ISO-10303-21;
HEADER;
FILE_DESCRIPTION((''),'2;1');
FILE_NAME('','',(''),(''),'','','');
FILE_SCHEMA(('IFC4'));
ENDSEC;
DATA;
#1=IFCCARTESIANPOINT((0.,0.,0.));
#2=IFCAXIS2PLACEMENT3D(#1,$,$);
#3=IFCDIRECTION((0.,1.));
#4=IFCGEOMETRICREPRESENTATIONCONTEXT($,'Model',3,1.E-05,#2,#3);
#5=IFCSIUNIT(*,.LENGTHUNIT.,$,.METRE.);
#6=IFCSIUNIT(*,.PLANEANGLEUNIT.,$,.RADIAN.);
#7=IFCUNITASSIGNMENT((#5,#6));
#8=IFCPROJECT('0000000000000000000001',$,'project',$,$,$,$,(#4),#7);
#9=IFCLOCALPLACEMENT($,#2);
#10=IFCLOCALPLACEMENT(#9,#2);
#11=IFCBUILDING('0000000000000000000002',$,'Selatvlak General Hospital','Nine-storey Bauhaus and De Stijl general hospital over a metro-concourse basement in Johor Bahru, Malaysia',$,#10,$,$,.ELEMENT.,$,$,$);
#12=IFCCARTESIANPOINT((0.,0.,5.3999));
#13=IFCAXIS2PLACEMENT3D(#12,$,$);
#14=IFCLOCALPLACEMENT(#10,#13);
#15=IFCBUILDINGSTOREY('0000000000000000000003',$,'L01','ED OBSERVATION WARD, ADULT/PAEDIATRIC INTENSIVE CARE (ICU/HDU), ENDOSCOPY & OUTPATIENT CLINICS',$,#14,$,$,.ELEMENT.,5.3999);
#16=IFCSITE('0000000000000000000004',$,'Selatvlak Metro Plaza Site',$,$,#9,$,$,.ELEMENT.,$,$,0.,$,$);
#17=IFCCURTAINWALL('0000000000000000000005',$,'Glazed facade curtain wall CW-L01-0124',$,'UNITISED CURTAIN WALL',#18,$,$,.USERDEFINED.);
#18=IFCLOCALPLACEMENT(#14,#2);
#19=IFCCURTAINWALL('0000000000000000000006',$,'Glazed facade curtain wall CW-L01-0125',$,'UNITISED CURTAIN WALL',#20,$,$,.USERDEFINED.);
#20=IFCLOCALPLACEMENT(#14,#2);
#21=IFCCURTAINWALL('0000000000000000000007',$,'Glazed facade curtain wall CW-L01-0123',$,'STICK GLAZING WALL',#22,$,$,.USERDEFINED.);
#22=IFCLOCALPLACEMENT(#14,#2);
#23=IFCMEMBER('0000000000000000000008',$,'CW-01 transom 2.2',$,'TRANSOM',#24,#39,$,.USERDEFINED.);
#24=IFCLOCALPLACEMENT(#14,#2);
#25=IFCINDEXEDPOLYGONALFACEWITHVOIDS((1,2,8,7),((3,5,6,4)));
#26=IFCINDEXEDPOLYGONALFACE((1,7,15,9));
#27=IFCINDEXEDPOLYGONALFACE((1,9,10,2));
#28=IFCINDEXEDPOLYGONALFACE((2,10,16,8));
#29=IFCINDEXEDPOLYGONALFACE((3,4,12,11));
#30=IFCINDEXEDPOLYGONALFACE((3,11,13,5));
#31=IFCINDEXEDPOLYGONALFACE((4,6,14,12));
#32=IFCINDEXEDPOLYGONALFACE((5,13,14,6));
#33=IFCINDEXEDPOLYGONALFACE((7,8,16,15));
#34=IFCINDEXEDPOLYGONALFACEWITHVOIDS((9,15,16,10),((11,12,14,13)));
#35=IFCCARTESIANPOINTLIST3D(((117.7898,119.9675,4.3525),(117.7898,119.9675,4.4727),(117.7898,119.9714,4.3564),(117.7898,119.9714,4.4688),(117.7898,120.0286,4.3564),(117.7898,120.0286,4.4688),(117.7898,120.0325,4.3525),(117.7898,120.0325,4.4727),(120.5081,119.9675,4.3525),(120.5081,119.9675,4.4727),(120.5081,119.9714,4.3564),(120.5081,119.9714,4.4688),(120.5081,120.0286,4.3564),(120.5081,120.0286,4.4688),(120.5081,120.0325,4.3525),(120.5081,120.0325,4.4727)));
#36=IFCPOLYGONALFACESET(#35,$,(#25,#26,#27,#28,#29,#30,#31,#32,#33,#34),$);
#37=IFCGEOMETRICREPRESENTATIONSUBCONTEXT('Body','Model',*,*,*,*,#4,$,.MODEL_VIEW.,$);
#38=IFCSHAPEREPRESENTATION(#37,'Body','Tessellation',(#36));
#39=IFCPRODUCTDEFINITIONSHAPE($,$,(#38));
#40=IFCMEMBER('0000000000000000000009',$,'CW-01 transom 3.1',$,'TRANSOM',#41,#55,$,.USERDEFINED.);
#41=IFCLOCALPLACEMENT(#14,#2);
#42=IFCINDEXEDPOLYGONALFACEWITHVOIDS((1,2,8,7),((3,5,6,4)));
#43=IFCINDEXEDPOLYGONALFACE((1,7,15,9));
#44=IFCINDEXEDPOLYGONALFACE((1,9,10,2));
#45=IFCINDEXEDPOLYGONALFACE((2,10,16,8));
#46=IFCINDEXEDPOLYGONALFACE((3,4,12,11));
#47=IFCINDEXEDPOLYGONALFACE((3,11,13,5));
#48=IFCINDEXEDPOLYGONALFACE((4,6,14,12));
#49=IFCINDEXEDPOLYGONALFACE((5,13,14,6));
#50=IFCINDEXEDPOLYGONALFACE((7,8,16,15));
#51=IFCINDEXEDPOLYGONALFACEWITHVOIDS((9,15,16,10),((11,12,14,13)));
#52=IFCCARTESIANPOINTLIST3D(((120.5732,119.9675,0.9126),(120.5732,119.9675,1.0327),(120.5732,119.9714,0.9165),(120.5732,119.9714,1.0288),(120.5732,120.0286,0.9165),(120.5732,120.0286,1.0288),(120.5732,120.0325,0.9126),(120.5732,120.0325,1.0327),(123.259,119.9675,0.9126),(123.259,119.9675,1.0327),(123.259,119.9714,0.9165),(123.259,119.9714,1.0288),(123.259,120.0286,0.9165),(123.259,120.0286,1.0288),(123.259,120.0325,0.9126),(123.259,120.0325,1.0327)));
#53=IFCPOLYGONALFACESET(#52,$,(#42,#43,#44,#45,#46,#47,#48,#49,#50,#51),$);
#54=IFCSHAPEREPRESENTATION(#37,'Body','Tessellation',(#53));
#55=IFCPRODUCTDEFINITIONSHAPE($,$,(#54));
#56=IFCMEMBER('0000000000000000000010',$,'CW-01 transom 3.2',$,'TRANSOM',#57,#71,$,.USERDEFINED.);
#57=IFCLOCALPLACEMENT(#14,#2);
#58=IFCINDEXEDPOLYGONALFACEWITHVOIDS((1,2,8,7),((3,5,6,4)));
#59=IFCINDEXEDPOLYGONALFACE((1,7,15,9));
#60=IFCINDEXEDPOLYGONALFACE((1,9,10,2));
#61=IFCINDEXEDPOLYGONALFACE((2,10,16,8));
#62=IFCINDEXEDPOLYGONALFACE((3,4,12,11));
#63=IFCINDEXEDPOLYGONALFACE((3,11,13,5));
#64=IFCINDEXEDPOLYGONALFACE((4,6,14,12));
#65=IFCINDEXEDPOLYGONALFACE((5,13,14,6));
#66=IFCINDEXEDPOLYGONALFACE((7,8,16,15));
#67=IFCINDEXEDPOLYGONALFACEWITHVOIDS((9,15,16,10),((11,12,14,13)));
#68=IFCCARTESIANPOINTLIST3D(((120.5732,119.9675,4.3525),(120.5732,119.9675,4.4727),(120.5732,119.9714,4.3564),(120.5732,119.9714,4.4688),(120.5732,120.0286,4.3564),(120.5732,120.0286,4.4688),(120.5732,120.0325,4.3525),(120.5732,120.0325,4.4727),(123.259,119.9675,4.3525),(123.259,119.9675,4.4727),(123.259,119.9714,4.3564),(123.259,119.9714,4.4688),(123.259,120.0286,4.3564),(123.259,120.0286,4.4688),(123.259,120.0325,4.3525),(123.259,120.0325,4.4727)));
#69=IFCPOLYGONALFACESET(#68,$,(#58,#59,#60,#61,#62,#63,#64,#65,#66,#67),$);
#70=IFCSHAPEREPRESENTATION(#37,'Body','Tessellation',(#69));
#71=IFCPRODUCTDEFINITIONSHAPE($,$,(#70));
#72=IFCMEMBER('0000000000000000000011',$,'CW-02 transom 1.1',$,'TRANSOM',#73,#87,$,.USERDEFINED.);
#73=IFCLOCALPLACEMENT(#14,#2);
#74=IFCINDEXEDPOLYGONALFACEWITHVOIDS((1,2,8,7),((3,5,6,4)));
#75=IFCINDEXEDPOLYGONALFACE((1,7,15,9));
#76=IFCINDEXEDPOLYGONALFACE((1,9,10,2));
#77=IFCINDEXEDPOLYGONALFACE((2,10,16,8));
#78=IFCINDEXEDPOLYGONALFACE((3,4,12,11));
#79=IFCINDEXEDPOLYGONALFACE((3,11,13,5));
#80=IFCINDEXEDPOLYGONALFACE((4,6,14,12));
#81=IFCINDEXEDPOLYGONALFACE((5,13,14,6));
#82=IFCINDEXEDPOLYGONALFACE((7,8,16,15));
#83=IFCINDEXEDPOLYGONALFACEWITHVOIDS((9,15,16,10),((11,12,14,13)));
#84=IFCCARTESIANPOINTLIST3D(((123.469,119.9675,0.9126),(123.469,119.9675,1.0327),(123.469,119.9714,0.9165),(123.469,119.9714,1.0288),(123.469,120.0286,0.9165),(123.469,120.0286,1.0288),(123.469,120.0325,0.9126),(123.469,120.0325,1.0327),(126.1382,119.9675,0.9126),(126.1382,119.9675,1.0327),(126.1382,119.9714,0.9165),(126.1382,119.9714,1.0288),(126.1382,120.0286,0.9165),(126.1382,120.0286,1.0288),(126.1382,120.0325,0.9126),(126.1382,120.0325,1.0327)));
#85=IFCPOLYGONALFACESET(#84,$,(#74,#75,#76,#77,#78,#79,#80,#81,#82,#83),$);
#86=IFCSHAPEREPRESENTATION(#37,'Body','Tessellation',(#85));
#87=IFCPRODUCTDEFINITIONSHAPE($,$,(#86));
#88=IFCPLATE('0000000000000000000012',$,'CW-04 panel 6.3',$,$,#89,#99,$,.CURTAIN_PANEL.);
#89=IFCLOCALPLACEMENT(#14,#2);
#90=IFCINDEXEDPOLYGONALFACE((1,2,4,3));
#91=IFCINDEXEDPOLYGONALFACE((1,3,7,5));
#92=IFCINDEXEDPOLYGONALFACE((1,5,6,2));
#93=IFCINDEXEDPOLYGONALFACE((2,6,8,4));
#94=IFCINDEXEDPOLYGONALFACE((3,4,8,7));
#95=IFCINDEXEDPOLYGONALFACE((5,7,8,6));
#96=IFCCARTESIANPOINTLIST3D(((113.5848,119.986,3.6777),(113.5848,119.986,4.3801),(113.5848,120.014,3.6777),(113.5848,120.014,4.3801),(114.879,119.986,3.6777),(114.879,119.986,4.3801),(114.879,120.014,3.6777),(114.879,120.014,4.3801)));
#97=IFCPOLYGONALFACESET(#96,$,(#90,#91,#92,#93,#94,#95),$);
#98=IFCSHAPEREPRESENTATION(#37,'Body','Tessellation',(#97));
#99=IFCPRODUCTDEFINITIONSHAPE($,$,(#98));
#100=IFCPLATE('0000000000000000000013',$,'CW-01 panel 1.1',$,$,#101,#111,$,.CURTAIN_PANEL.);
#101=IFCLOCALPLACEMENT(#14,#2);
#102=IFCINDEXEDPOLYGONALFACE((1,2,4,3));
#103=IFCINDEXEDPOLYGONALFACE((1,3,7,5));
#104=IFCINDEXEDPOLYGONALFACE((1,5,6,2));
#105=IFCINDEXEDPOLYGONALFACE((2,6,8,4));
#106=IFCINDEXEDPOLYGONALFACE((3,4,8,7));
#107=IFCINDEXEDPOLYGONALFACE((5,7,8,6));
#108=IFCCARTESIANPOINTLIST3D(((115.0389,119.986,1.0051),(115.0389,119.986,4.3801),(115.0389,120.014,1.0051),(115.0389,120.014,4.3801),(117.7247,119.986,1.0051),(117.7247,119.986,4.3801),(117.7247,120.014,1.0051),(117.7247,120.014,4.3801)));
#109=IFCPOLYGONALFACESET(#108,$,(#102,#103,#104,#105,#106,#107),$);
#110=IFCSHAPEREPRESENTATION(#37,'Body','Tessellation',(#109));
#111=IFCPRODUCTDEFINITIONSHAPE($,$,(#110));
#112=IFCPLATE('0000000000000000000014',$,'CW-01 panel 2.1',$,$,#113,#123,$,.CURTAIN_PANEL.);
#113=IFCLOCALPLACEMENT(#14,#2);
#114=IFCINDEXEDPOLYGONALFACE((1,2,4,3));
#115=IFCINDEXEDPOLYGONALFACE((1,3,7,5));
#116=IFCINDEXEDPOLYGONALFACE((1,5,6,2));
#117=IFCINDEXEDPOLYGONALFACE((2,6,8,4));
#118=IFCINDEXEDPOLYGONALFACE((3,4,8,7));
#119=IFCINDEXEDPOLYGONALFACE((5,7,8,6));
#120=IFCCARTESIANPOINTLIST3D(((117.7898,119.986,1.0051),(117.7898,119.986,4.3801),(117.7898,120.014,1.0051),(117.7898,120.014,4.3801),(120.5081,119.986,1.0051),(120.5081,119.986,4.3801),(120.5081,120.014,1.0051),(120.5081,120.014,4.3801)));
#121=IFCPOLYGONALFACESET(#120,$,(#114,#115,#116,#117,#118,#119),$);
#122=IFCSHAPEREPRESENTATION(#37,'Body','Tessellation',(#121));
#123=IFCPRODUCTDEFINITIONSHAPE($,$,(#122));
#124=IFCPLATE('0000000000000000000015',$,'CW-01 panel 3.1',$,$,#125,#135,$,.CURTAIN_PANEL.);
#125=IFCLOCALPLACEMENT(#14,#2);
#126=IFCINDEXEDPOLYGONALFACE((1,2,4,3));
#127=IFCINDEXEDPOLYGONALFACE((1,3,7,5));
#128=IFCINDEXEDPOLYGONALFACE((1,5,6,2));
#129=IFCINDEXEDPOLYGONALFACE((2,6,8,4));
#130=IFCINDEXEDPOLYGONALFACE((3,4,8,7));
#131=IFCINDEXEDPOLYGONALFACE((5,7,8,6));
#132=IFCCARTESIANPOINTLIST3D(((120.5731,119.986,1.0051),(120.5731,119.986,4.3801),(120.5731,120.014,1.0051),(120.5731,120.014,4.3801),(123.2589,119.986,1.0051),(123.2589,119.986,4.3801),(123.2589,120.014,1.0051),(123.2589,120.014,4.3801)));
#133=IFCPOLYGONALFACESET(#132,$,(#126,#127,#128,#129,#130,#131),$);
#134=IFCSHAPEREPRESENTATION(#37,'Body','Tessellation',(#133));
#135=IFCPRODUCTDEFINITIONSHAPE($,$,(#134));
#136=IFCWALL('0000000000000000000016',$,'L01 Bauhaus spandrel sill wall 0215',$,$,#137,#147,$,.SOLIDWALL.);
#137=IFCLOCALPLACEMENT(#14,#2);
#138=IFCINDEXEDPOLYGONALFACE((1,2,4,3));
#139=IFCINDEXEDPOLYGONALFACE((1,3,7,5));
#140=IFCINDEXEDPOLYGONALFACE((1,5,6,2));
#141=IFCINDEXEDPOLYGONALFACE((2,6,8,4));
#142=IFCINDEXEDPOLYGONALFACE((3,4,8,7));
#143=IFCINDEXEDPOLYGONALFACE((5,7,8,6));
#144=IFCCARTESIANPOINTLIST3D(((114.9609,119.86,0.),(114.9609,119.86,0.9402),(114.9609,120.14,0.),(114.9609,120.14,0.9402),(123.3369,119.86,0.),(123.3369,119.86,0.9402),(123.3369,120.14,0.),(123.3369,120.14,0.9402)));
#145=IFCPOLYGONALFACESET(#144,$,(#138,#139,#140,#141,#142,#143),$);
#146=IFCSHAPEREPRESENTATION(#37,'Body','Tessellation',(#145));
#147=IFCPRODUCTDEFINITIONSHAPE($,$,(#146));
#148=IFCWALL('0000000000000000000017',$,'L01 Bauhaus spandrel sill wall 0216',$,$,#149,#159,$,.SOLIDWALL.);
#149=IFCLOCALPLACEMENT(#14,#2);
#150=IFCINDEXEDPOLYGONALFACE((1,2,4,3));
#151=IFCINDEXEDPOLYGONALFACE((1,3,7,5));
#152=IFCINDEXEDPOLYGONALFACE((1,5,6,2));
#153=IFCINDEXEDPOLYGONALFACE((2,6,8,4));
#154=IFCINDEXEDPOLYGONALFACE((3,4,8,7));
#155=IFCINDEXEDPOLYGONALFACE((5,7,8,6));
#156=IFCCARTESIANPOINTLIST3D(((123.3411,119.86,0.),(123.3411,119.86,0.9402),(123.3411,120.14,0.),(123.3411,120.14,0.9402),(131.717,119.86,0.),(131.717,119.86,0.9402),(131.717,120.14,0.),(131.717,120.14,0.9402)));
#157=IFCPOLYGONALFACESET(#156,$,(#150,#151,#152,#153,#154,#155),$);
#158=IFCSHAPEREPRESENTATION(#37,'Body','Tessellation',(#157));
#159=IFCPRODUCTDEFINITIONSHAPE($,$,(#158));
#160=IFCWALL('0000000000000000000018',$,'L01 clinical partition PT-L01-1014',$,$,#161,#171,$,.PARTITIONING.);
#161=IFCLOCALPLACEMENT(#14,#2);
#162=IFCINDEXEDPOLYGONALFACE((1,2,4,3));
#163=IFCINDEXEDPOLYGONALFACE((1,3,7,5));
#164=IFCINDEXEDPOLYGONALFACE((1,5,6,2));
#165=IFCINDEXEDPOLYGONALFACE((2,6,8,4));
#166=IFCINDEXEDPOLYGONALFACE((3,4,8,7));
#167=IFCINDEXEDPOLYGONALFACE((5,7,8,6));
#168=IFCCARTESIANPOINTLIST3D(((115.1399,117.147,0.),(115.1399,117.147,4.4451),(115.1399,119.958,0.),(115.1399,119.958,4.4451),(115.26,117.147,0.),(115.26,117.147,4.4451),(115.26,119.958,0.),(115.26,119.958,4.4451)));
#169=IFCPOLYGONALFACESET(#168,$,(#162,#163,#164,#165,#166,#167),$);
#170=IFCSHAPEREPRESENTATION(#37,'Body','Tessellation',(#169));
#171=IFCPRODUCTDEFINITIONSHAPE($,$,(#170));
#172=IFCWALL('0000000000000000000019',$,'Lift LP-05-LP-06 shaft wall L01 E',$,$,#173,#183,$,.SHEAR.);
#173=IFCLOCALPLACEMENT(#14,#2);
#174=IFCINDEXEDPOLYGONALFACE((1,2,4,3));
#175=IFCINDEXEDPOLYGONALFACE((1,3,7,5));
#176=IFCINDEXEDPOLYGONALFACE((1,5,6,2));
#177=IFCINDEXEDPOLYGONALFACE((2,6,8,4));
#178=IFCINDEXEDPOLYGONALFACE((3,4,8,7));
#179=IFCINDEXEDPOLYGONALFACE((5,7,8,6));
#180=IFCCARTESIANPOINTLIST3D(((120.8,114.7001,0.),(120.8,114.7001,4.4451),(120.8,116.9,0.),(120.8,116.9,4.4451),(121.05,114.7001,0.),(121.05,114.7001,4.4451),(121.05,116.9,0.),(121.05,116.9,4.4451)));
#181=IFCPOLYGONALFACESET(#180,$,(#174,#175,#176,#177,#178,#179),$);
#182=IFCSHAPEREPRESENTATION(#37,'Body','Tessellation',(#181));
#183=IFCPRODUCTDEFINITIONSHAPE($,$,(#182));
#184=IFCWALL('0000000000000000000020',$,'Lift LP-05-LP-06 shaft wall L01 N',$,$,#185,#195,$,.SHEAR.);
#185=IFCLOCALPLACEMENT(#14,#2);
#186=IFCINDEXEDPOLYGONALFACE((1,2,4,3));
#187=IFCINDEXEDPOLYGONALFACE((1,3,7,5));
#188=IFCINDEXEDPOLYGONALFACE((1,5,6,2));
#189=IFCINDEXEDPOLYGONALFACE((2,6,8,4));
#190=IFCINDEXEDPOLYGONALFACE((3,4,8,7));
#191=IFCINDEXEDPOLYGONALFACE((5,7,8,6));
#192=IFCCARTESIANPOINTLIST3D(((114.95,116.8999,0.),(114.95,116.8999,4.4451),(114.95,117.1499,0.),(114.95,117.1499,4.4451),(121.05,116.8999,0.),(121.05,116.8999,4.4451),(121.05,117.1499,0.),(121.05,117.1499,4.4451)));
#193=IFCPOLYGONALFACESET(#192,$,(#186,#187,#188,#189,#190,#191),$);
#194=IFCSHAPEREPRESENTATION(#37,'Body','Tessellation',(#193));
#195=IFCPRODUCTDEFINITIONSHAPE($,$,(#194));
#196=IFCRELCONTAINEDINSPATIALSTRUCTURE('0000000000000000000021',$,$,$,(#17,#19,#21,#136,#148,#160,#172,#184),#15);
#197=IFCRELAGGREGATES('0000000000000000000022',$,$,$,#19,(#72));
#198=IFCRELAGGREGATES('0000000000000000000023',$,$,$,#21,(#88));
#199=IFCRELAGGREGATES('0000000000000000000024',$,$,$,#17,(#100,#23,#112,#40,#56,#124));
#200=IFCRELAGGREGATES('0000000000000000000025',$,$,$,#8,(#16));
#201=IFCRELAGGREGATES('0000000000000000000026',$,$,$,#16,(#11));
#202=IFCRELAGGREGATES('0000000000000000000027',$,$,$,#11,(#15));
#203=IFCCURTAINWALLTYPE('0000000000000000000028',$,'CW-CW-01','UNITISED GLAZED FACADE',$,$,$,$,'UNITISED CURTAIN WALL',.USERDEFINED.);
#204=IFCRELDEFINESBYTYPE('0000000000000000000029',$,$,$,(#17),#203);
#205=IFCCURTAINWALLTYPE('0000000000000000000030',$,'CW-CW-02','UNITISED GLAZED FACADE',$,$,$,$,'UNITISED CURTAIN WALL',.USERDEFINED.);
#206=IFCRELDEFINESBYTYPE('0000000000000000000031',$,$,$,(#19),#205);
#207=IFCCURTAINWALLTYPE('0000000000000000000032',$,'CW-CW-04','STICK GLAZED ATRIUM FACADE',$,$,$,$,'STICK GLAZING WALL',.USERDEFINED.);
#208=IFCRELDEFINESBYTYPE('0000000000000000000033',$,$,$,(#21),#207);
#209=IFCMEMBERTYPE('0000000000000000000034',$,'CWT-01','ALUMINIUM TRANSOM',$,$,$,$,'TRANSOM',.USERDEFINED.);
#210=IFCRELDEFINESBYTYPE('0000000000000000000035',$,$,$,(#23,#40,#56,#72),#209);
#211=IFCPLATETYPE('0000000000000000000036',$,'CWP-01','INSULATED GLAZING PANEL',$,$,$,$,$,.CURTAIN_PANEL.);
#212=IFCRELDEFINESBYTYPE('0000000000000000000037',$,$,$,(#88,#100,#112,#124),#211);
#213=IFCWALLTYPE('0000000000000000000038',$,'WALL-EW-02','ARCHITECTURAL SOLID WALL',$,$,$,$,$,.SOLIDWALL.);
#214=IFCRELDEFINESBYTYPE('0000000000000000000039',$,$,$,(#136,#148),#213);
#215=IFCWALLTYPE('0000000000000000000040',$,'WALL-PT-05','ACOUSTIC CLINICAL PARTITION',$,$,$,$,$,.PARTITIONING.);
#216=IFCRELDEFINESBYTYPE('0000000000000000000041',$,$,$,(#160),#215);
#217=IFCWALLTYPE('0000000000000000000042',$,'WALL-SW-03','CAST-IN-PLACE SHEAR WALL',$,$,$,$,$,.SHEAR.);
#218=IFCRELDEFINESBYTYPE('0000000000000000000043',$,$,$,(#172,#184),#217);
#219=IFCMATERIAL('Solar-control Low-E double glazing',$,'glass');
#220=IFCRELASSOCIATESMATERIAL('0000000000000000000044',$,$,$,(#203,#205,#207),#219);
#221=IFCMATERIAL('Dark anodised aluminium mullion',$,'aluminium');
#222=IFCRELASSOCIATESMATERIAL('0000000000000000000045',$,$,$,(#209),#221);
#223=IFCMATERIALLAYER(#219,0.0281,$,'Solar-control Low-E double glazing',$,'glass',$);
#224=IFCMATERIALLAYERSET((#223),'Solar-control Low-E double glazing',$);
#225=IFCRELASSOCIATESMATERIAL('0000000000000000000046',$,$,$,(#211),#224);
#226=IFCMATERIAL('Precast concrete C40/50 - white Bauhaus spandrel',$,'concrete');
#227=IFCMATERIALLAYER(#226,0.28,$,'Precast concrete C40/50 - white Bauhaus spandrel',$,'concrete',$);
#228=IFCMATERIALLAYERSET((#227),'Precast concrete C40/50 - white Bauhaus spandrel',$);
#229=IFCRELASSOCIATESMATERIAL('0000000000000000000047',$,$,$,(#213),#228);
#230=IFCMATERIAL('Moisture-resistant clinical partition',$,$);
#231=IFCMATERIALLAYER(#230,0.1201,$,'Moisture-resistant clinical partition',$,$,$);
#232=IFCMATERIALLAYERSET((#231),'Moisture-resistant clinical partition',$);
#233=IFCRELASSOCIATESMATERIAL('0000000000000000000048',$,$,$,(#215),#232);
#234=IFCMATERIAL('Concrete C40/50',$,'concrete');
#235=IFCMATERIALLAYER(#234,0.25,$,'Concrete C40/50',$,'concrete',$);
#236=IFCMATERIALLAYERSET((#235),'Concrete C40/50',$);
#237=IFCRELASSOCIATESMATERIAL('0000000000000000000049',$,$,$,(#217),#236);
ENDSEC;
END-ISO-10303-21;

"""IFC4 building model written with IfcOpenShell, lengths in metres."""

from ifc_helpers import new_model, si_unit, direction, frame, frame_2d, origin, origin_2d, place, context, subcontext, project, spatial, rectangle, hollow_rectangle, extrude, material, layer, layer_set, material_profile, profile_set, type_object, element, aggregate, save


model = new_model("IFC4")

# Units and contexts
model_context = context("Model", 3, precision=1e-05, world=origin(), true_north=direction((0.0, 1.0)))
body_context = subcontext(model_context, "Body", "Model", "MODEL_VIEW")
ifc_project = project(units=[si_unit("LENGTHUNIT", "METRE"), si_unit("PLANEANGLEUNIT", "RADIAN")], contexts=[model_context])

# Site, building, storey
site_placement = place(None, origin())
site = spatial("IfcSite", under=ifc_project, at=site_placement, Name="Selatvlak Metro Plaza Site", CompositionType="ELEMENT", RefElevation=0.0)
building_placement = place(site_placement, origin())
building = spatial("IfcBuilding", under=site, at=building_placement, Name="Selatvlak General Hospital", Description="Nine-storey Bauhaus and De Stijl general hospital over a metro-concourse basement in Johor Bahru, Malaysia", CompositionType="ELEMENT")
storey_placement = place(building_placement, frame((0.0, 0.0, 5.3999)))
storey = spatial("IfcBuildingStorey", under=building, at=storey_placement, Name="L01", Description="ED OBSERVATION WARD, ADULT/PAEDIATRIC INTENSIVE CARE (ICU/HDU), ENDOSCOPY & OUTPATIENT CLINICS", CompositionType="ELEMENT", Elevation=5.3999)

# Shared definitions
ifc_material_1 = material(Name="Concrete C40/50", Category="concrete")

# Curtain wall
ifc_material_2 = material(Name="Solar-control Low-E double glazing", Category="glass")
curtain_wall_type_1 = type_object("IfcCurtainWallType", Name="CW-CW-01", Description="UNITISED GLAZED FACADE", ElementType="UNITISED CURTAIN WALL", PredefinedType="USERDEFINED", material=ifc_material_2)
curtain_wall_1_placement = place(storey_placement, origin())
curtain_wall_1 = element("IfcCurtainWall", 1, at=curtain_wall_1_placement, inside=storey, type_object=curtain_wall_type_1, Name="Glazed facade curtain wall CW-L01-0124", ObjectType="UNITISED CURTAIN WALL", PredefinedType="USERDEFINED")
ifc_material_3 = material(Name="Dark anodised aluminium mullion", Category="aluminium")

# Curtain walls
curtain_wall_type_2 = type_object("IfcCurtainWallType", Name="CW-CW-02", Description="UNITISED GLAZED FACADE", ElementType="UNITISED CURTAIN WALL", PredefinedType="USERDEFINED", material=ifc_material_2)
curtain_wall_2_placement = place(storey_placement, origin())
curtain_wall_2 = element("IfcCurtainWall", 2, at=curtain_wall_2_placement, inside=storey, type_object=curtain_wall_type_2, Name="Glazed facade curtain wall CW-L01-0125", ObjectType="UNITISED CURTAIN WALL", PredefinedType="USERDEFINED")
curtain_wall_type_3 = type_object("IfcCurtainWallType", Name="CW-CW-04", Description="STICK GLAZED ATRIUM FACADE", ElementType="STICK GLAZING WALL", PredefinedType="USERDEFINED", material=ifc_material_2)
curtain_wall_3_placement = place(storey_placement, origin())
curtain_wall_3 = element("IfcCurtainWall", 3, at=curtain_wall_3_placement, inside=storey, type_object=curtain_wall_type_3, Name="Glazed facade curtain wall CW-L01-0123", ObjectType="STICK GLAZING WALL", PredefinedType="USERDEFINED")

# Members
ifc_material_profile_1 = material_profile(ifc_material_3, hollow_rectangle(XDim=0.0649, YDim=0.1201, WallThickness=0.0039, at=origin_2d()), Name="AL-TRN 65x120x4")
ifc_profile_set_1 = profile_set([ifc_material_profile_1], Name="Dark anodised aluminium mullion")
member_type_1 = type_object("IfcMemberType", Name="CWT-01", Description="ALUMINIUM TRANSOM", ElementType="TRANSOM", PredefinedType="USERDEFINED", material=ifc_profile_set_1)
member_1_placement = place(storey_placement, frame((117.7898, 120.0, 4.4126), z_axis=(1.0, 0.0, 0.0), x_axis=(0.0, 1.0, 0.0)))
member_1 = element("IfcMember", 4, at=member_1_placement, type_object=member_type_1, Name="CW-01 transom 2.2", ObjectType="TRANSOM", PredefinedType="USERDEFINED", context=body_context, shape_type="SweptSolid", body=[
    extrude(hollow_rectangle(XDim=0.0649, YDim=0.1201, WallThickness=0.0039, at=origin_2d()), origin(), (0.0, 0.0, 1.0), 2.7183),
])
member_2_placement = place(storey_placement, frame((120.5732, 120.0, 0.9727), z_axis=(1.0, 0.0, 0.0), x_axis=(0.0, 1.0, 0.0)))
member_2 = element("IfcMember", 5, at=member_2_placement, type_object=member_type_1, Name="CW-01 transom 3.1", ObjectType="TRANSOM", PredefinedType="USERDEFINED", context=body_context, shape_type="SweptSolid", body=[
    extrude(hollow_rectangle(XDim=0.0649, YDim=0.1201, WallThickness=0.0039, at=origin_2d()), origin(), (0.0, 0.0, 1.0), 2.6858),
])
member_3_placement = place(storey_placement, frame((120.5732, 120.0, 4.4126), z_axis=(1.0, 0.0, 0.0), x_axis=(0.0, 1.0, 0.0)))
member_3 = element("IfcMember", 6, at=member_3_placement, type_object=member_type_1, Name="CW-01 transom 3.2", ObjectType="TRANSOM", PredefinedType="USERDEFINED", context=body_context, shape_type="SweptSolid", body=[
    extrude(hollow_rectangle(XDim=0.0649, YDim=0.1201, WallThickness=0.0039, at=origin_2d()), origin(), (0.0, 0.0, 1.0), 2.6858),
])
member_4_placement = place(storey_placement, frame((123.469, 120.0, 0.9727), z_axis=(1.0, 0.0, 0.0), x_axis=(0.0, 1.0, 0.0)))
member_4 = element("IfcMember", 7, at=member_4_placement, type_object=member_type_1, Name="CW-02 transom 1.1", ObjectType="TRANSOM", PredefinedType="USERDEFINED", context=body_context, shape_type="SweptSolid", body=[
    extrude(hollow_rectangle(XDim=0.0649, YDim=0.1201, WallThickness=0.0039, at=origin_2d()), origin(), (0.0, 0.0, 1.0), 2.6692),
])
aggregate(curtain_wall_2, [member_4])

# Plates
ifc_layer_1 = layer(ifc_material_2, 0.0281, Name="Solar-control Low-E double glazing", Category="glass")
ifc_layer_set_1 = layer_set([ifc_layer_1], Name="Solar-control Low-E double glazing")
plate_type = type_object("IfcPlateType", Name="CWP-01", Description="INSULATED GLAZING PANEL", PredefinedType="CURTAIN_PANEL", material=ifc_layer_set_1)
plate_1_placement = place(storey_placement, frame((114.2319, 120.0, 3.6777), z_axis=(0.0, 0.0, 1.0), x_axis=(1.0, 0.0, 0.0)))
plate_1 = element("IfcPlate", 8, at=plate_1_placement, type_object=plate_type, Name="CW-04 panel 6.3", PredefinedType="CURTAIN_PANEL", context=body_context, shape_type="SweptSolid", body=[
    extrude(rectangle(XDim=1.2942, YDim=0.0281, at=origin_2d()), origin(), (0.0, 0.0, 1.0), 0.7024),
])
aggregate(curtain_wall_3, [plate_1])
plate_2_placement = place(storey_placement, frame((116.3818, 120.0, 1.0051), z_axis=(0.0, 0.0, 1.0), x_axis=(1.0, 0.0, 0.0)))
plate_2 = element("IfcPlate", 9, at=plate_2_placement, type_object=plate_type, Name="CW-01 panel 1.1", PredefinedType="CURTAIN_PANEL", context=body_context, shape_type="SweptSolid", body=[
    extrude(rectangle(XDim=2.6858, YDim=0.0281, at=origin_2d()), origin(), (0.0, 0.0, 1.0), 3.375),
])
plate_3_placement = place(storey_placement, frame((119.1489, 120.0, 1.0051), z_axis=(0.0, 0.0, 1.0), x_axis=(1.0, 0.0, 0.0)))
plate_3 = element("IfcPlate", 10, at=plate_3_placement, type_object=plate_type, Name="CW-01 panel 2.1", PredefinedType="CURTAIN_PANEL", context=body_context, shape_type="SweptSolid", body=[
    extrude(rectangle(XDim=2.7183, YDim=0.0281, at=origin_2d()), origin(), (0.0, 0.0, 1.0), 3.375),
])
plate_4_placement = place(storey_placement, frame((121.916, 120.0, 1.0051), z_axis=(0.0, 0.0, 1.0), x_axis=(1.0, 0.0, 0.0)))
plate_4 = element("IfcPlate", 11, at=plate_4_placement, type_object=plate_type, Name="CW-01 panel 3.1", PredefinedType="CURTAIN_PANEL", context=body_context, shape_type="SweptSolid", body=[
    extrude(rectangle(XDim=2.6858, YDim=0.0281, at=origin_2d()), origin(), (0.0, 0.0, 1.0), 3.375),
])
aggregate(curtain_wall_1, [plate_2, member_1, plate_3, member_2, member_3, plate_4])

# Walls
ifc_material_4 = material(Name="Precast concrete C40/50 - white Bauhaus spandrel", Category="concrete")
ifc_layer_2 = layer(ifc_material_4, 0.28, Name="Precast concrete C40/50 - white Bauhaus spandrel", Category="concrete")
ifc_layer_set_2 = layer_set([ifc_layer_2], Name="Precast concrete C40/50 - white Bauhaus spandrel")
wall_type_1 = type_object("IfcWallType", Name="WALL-EW-02", Description="ARCHITECTURAL SOLID WALL", PredefinedType="SOLIDWALL", material=ifc_layer_set_2)
for number, where, z_axis, x_axis, name in (
    (12, (114.9609, 120.0, 0.0), (0.0, 0.0, 1.0), (1.0, 0.0, 0.0), "L01 Bauhaus spandrel sill wall 0215"),
    (13, (123.3411, 120.0, 0.0), (0.0, 0.0, 1.0), (1.0, 0.0, 0.0), "L01 Bauhaus spandrel sill wall 0216"),
):
    element("IfcWall", number, at=place(storey_placement, frame(where, z_axis=z_axis, x_axis=x_axis)), inside=storey, type_object=wall_type_1, Name=name, PredefinedType="SOLIDWALL", context=body_context, shape_type="SweptSolid", body=[
        extrude(rectangle(XDim=8.376, YDim=0.28, at=frame_2d((4.188, 0.0))), origin(), (0.0, 0.0, 1.0), 0.9402),
    ])
ifc_material_5 = material(Name="Moisture-resistant clinical partition")
ifc_layer_3 = layer(ifc_material_5, 0.1201, Name="Moisture-resistant clinical partition")
ifc_layer_set_3 = layer_set([ifc_layer_3], Name="Moisture-resistant clinical partition")
wall_type_2 = type_object("IfcWallType", Name="WALL-PT-05", Description="ACOUSTIC CLINICAL PARTITION", PredefinedType="PARTITIONING", material=ifc_layer_set_3)
wall_1_placement = place(storey_placement, frame((115.2, 119.958, 0.0), z_axis=(0.0, 0.0, 1.0), x_axis=(0.0, -1.0, 0.0)))
element("IfcWall", 14, at=wall_1_placement, inside=storey, type_object=wall_type_2, Name="L01 clinical partition PT-L01-1014", PredefinedType="PARTITIONING", context=body_context, shape_type="SweptSolid", body=[
    extrude(rectangle(XDim=2.811, YDim=0.1201, at=frame_2d((1.4055, 0.0))), origin(), (0.0, 0.0, 1.0), 4.4451),
])
ifc_layer_4 = layer(ifc_material_1, 0.25, Name="Concrete C40/50", Category="concrete")
ifc_layer_set_4 = layer_set([ifc_layer_4], Name="Concrete C40/50")
wall_type_3 = type_object("IfcWallType", Name="WALL-SW-03", Description="CAST-IN-PLACE SHEAR WALL", PredefinedType="SHEAR", material=ifc_layer_set_4)
wall_2_placement = place(storey_placement, frame((120.925, 114.7, 0.0), z_axis=(0.0, 0.0, 1.0), x_axis=(0.0, 1.0, 0.0)))
element("IfcWall", 15, at=wall_2_placement, inside=storey, type_object=wall_type_3, Name="Lift LP-05-LP-06 shaft wall L01 E", PredefinedType="SHEAR", context=body_context, shape_type="SweptSolid", body=[
    extrude(rectangle(XDim=2.2, YDim=0.25, at=frame_2d((1.1001, 0.0))), origin(), (0.0, 0.0, 1.0), 4.4451),
])
wall_3_placement = place(storey_placement, frame((121.05, 117.0249, 0.0), z_axis=(0.0, 0.0, 1.0), x_axis=(-1.0, 0.0, 0.0)))
element("IfcWall", 16, at=wall_3_placement, inside=storey, type_object=wall_type_3, Name="Lift LP-05-LP-06 shaft wall L01 N", PredefinedType="SHEAR", context=body_context, shape_type="SweptSolid", body=[
    extrude(rectangle(XDim=6.1001, YDim=0.25, at=frame_2d((3.05, 0.0))), origin(), (0.0, 0.0, 1.0), 4.4451),
])

save(model, "model.ifc")
